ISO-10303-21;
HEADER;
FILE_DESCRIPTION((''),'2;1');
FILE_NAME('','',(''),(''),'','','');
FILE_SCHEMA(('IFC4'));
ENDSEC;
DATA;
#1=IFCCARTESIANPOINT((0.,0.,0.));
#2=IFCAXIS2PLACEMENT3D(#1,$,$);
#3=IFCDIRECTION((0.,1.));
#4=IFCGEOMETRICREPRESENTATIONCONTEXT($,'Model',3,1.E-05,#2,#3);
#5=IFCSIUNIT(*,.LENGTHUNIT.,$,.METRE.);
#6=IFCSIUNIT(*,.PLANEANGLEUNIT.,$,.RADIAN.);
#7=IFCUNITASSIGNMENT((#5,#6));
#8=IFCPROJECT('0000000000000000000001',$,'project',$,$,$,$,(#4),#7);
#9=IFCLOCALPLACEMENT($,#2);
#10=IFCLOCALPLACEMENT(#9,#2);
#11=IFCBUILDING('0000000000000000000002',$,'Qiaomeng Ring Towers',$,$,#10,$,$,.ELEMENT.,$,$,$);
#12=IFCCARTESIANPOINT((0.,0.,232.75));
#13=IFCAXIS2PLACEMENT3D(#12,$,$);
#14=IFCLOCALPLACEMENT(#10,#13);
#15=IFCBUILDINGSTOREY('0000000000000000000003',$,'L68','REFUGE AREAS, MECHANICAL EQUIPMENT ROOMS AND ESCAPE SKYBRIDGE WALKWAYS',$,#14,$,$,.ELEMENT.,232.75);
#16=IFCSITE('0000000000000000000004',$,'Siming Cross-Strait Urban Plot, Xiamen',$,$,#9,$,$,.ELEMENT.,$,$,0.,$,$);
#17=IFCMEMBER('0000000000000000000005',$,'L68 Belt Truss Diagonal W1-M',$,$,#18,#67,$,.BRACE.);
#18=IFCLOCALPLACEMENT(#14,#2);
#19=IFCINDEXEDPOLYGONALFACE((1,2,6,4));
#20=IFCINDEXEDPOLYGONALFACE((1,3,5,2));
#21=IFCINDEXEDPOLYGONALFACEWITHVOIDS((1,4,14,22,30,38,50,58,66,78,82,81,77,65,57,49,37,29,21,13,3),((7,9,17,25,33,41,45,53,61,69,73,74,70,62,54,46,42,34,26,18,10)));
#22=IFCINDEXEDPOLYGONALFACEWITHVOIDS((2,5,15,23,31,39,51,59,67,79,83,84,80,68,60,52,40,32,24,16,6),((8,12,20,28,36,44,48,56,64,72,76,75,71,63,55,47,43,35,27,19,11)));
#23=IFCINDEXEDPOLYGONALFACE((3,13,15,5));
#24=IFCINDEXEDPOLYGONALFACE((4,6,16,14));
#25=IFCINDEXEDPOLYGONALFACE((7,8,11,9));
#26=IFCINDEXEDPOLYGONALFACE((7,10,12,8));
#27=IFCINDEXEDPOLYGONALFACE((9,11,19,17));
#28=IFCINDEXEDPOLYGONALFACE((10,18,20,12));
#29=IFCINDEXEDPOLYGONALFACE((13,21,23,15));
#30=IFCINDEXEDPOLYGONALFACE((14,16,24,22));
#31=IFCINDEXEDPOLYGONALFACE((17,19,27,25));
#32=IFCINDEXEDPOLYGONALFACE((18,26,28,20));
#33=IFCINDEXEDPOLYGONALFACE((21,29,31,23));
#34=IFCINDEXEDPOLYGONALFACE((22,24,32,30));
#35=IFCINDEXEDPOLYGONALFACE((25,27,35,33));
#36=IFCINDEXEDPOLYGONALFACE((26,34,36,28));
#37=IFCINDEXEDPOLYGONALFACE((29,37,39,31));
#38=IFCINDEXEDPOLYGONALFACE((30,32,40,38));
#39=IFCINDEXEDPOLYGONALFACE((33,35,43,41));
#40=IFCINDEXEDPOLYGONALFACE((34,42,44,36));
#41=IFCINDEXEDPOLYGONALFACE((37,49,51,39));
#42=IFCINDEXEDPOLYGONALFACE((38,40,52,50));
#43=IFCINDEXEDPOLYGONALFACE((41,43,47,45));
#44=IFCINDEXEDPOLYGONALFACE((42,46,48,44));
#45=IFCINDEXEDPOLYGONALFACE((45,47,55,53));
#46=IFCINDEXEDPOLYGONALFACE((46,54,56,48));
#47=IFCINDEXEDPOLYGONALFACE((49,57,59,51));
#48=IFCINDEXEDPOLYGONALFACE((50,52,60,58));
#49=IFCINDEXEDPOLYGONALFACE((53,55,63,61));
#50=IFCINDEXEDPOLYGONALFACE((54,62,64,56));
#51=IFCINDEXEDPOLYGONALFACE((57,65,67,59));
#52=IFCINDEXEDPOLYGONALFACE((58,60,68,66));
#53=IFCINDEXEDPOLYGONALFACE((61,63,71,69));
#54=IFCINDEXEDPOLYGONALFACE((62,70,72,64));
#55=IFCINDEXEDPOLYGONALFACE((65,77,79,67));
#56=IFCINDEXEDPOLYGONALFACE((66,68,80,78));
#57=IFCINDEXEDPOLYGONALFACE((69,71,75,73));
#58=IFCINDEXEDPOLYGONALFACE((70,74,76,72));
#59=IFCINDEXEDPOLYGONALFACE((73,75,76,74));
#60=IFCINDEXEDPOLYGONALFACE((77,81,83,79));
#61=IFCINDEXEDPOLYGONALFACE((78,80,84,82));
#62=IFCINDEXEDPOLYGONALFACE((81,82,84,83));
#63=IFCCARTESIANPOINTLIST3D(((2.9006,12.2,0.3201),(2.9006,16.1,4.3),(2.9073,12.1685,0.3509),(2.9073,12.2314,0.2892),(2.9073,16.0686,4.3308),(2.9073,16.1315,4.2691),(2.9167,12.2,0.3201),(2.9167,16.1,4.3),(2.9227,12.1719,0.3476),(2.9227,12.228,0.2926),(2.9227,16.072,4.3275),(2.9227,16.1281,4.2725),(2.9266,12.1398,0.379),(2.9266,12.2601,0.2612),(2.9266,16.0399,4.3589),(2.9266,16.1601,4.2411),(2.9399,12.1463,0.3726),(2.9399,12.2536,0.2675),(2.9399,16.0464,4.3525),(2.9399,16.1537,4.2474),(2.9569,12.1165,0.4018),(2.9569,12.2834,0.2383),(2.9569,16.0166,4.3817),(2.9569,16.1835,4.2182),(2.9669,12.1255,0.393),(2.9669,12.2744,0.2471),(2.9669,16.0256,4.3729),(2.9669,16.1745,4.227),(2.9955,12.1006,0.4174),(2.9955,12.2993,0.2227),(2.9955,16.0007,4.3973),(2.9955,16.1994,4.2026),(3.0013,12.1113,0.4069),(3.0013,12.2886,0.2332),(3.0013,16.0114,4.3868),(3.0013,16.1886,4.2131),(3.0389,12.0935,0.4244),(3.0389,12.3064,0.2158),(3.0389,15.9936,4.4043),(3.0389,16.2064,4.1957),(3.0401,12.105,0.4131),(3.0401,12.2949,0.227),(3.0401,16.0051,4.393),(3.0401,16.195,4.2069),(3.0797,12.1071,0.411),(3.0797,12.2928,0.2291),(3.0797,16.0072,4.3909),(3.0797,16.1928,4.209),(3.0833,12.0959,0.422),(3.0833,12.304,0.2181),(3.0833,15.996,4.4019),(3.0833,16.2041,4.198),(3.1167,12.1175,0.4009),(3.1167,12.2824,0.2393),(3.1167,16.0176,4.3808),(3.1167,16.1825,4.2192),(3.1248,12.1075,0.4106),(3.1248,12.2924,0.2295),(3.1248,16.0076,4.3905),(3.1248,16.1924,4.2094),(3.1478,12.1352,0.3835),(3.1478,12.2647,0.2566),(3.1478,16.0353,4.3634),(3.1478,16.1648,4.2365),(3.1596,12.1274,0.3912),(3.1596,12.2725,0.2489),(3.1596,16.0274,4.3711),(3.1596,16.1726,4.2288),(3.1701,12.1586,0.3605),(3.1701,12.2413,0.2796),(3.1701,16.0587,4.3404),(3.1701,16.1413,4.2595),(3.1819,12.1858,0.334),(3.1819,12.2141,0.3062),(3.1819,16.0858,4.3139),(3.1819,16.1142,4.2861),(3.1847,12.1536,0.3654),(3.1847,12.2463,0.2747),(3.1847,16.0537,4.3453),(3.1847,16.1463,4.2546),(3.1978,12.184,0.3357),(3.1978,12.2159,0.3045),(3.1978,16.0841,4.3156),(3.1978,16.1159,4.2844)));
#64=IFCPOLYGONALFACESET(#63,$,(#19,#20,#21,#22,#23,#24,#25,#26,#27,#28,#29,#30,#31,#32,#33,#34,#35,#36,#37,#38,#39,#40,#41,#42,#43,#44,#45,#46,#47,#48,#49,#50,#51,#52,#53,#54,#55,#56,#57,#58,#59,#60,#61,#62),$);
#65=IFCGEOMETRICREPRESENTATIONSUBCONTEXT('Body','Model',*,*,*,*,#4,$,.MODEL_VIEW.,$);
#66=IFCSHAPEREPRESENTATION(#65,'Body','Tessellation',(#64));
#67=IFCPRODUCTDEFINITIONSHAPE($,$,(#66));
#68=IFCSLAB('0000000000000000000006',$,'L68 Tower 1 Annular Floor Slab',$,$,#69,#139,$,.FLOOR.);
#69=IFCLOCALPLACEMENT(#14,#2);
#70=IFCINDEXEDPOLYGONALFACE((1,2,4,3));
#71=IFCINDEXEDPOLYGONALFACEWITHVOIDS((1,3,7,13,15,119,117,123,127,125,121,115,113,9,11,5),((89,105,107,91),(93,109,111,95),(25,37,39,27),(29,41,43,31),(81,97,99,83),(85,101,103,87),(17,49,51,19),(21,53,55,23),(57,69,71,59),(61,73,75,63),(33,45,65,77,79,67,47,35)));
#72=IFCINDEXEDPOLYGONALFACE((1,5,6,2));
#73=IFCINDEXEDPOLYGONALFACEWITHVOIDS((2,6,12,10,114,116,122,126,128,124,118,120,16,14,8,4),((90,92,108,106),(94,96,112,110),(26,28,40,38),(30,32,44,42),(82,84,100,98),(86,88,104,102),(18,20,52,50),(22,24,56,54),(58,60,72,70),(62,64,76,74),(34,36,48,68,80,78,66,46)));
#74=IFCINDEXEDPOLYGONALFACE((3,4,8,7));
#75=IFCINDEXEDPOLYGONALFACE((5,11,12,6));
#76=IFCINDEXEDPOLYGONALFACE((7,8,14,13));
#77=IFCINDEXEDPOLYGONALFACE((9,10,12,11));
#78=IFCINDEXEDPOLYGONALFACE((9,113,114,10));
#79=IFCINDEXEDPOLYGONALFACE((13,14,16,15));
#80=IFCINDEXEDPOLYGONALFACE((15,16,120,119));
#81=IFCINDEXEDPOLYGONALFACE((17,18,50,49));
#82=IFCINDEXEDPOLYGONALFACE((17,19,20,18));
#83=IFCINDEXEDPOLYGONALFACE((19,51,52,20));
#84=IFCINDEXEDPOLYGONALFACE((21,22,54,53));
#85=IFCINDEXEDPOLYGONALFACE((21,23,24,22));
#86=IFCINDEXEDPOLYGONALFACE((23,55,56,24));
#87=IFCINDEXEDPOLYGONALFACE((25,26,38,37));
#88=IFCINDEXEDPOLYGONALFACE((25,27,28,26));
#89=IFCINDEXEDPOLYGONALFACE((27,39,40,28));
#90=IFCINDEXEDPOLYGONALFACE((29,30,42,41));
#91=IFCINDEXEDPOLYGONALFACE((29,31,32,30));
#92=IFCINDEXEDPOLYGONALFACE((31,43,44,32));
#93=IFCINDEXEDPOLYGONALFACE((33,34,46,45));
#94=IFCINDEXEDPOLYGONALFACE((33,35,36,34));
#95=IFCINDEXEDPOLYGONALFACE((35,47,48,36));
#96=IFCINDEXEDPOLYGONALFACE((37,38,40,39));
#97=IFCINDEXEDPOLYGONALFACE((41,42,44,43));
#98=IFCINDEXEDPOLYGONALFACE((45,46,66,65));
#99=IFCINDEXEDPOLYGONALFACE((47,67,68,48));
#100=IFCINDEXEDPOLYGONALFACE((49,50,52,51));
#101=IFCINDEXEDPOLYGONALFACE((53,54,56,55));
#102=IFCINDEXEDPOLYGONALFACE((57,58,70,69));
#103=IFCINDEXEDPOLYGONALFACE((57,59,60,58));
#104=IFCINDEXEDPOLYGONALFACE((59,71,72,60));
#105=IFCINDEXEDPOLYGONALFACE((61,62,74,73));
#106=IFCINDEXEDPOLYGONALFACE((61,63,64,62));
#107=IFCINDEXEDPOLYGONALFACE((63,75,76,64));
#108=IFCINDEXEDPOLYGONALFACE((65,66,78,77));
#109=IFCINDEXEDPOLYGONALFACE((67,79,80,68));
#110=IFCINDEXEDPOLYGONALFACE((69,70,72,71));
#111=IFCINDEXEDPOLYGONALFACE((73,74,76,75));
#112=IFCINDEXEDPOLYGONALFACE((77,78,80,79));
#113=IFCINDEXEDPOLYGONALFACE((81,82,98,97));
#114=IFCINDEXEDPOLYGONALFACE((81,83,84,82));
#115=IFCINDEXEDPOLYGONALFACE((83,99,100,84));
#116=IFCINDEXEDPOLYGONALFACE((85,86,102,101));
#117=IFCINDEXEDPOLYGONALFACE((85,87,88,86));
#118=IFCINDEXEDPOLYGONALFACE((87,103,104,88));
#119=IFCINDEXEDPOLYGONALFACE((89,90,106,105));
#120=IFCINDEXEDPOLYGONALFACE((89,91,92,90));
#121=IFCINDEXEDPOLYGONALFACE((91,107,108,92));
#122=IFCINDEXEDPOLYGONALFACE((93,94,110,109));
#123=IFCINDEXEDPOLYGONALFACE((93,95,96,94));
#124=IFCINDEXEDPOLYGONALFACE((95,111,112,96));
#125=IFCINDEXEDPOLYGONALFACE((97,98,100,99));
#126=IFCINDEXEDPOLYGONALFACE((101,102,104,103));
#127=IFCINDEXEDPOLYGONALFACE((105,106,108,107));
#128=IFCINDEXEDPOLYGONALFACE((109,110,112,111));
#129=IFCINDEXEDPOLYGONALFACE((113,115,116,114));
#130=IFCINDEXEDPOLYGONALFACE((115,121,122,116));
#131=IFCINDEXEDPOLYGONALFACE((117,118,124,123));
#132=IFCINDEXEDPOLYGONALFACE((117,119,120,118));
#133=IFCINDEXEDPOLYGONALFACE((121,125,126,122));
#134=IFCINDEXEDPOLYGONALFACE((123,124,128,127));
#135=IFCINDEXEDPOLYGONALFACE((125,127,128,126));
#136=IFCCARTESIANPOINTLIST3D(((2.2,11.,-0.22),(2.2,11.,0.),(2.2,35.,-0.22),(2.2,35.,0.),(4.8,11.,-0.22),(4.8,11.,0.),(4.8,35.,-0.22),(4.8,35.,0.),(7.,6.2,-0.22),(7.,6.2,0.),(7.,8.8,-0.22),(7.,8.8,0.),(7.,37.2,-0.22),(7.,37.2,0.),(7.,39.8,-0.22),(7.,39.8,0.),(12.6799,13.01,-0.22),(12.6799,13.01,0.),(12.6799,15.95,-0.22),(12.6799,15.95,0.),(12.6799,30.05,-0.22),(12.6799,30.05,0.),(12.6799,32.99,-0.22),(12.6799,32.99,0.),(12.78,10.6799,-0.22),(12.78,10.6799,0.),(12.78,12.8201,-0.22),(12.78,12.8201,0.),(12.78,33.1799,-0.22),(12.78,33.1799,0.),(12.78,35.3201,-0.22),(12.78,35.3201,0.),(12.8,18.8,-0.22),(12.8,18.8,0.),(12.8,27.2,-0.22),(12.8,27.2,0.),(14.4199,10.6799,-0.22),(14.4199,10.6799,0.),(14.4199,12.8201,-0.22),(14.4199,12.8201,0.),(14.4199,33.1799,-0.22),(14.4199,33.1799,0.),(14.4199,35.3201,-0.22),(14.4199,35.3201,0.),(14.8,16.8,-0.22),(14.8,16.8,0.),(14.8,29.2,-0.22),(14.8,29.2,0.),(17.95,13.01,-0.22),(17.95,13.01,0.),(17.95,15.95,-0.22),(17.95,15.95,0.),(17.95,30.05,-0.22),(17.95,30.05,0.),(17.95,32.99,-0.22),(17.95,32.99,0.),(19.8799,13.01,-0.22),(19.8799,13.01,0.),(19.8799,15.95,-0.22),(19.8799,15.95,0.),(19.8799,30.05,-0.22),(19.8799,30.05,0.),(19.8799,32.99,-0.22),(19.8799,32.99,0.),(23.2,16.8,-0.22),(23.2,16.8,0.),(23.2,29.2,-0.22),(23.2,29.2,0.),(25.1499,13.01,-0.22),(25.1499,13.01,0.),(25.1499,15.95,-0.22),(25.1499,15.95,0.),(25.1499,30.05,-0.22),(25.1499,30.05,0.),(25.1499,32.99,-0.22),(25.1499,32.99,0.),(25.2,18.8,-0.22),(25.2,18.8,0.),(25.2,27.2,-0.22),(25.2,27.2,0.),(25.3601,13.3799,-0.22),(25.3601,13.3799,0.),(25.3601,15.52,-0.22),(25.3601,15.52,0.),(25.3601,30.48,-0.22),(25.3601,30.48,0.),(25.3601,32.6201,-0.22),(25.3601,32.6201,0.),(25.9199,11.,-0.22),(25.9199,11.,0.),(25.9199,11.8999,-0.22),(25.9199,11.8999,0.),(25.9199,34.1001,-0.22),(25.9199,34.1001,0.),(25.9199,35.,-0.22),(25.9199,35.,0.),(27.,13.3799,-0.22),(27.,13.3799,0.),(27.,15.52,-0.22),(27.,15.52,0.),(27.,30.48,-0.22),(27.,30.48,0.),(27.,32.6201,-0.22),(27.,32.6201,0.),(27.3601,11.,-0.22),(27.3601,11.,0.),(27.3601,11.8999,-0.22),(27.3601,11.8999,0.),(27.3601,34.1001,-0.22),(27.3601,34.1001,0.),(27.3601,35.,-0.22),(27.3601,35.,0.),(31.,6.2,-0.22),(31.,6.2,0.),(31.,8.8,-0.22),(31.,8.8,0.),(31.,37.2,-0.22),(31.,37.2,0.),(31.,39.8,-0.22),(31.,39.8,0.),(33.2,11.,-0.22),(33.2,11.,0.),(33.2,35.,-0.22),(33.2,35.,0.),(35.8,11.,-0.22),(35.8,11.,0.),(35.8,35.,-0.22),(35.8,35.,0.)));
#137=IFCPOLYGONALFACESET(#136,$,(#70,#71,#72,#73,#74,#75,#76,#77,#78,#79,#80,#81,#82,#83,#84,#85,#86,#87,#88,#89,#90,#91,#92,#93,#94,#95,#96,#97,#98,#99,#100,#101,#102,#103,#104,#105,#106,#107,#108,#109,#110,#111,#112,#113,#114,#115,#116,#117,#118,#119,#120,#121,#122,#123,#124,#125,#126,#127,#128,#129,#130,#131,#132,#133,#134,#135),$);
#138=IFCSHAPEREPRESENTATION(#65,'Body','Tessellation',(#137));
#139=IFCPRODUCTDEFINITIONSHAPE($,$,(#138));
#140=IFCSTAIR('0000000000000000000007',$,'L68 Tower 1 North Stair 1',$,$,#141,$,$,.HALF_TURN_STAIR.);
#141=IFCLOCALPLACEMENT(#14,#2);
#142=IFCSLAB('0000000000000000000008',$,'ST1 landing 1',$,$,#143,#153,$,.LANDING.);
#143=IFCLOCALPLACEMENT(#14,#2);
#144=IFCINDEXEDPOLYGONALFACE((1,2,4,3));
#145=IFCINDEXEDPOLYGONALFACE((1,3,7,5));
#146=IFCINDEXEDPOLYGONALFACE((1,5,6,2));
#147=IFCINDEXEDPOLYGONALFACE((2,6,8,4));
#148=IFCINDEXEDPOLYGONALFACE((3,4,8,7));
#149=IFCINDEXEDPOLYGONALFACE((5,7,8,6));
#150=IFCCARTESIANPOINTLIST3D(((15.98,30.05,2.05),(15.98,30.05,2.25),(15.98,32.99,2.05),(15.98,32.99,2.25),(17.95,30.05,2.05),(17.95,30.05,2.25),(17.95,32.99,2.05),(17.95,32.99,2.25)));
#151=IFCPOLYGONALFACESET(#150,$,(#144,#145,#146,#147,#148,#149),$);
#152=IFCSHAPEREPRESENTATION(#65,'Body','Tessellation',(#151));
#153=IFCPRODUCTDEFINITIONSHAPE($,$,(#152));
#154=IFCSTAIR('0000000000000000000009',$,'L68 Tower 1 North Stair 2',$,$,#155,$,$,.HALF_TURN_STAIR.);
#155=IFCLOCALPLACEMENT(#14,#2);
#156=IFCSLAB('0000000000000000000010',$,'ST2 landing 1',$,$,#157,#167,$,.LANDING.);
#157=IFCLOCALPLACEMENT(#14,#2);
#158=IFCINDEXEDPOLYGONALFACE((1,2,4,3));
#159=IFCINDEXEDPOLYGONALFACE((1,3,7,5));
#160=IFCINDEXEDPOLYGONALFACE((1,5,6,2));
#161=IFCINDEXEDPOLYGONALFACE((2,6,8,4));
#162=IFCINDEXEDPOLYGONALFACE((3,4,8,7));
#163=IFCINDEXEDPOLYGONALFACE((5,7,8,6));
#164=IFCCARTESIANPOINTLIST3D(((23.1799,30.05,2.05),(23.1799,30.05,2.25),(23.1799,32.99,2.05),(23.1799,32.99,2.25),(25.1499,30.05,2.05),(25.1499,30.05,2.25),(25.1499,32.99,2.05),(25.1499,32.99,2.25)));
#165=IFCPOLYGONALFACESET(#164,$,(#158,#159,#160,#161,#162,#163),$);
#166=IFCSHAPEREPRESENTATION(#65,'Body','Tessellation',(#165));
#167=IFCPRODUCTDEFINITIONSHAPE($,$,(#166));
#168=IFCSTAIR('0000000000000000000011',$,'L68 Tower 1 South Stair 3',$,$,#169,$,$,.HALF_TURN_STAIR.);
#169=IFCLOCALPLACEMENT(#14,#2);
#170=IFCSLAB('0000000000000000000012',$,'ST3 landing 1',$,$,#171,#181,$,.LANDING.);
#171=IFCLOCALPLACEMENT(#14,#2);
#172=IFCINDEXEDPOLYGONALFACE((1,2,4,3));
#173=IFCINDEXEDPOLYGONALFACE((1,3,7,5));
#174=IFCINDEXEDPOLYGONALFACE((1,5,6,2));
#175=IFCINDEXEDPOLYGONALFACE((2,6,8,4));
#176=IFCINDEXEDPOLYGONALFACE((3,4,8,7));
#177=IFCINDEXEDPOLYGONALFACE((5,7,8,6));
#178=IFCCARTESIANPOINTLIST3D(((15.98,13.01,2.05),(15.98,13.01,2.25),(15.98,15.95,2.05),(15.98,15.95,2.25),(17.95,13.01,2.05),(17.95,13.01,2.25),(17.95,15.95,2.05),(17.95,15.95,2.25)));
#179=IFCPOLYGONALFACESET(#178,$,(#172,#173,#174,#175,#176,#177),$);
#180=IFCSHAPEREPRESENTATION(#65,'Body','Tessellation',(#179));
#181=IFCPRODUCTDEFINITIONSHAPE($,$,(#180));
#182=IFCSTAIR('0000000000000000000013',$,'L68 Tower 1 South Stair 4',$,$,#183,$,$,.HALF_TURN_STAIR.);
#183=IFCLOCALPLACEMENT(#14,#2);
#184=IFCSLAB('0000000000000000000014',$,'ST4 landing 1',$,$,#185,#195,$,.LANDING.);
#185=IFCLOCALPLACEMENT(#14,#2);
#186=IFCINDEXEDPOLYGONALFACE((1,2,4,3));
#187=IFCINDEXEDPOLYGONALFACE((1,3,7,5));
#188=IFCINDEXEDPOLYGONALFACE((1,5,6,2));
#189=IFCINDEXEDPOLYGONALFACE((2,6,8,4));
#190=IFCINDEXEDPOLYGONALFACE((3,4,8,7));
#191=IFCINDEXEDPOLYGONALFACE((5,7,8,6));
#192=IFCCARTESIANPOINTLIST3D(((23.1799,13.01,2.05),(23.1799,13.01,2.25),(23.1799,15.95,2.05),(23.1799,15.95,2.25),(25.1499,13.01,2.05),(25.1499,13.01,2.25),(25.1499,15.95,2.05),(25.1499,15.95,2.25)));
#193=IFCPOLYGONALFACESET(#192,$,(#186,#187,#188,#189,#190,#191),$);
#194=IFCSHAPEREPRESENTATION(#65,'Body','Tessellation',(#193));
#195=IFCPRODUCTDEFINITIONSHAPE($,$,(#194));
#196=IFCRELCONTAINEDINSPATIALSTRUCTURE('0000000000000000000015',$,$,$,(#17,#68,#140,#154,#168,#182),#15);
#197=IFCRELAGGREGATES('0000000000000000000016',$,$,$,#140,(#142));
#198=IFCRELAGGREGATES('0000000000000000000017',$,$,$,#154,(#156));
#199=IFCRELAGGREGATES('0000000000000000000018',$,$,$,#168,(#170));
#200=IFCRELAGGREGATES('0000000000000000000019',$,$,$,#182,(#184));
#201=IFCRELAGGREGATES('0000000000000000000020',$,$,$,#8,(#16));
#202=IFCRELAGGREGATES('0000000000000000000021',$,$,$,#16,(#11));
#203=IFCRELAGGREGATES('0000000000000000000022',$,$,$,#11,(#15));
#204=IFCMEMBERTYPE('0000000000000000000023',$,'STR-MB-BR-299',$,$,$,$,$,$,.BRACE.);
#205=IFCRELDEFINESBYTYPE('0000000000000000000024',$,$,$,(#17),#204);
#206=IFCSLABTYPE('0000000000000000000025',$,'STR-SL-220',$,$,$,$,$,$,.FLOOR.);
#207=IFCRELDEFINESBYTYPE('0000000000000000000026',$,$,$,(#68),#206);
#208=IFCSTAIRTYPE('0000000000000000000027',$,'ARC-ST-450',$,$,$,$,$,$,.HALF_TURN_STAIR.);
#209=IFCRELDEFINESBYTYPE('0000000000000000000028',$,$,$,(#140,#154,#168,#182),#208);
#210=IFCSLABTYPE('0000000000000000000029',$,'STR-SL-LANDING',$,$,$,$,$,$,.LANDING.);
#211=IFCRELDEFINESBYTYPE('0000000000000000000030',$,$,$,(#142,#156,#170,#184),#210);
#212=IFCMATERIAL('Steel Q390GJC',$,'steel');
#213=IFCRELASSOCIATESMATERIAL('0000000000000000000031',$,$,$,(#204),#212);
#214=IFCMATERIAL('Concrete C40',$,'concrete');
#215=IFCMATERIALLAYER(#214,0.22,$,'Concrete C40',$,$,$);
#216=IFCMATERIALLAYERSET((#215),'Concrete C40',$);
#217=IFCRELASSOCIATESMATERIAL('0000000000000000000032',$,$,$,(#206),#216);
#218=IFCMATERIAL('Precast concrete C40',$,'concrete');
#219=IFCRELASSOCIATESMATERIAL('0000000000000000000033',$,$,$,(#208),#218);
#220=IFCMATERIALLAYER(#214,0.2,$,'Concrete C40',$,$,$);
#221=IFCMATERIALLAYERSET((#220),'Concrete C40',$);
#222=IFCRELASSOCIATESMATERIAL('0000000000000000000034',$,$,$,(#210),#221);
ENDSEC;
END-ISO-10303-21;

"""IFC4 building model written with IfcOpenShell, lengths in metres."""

from ifc_helpers import new_model, si_unit, direction, frame, origin, origin_2d, place, context, subcontext, project, spatial, polyline, hollow_circle, outline, extrude, source, transform, mapped, material, layer, layer_set, material_profile, profile_set, type_object, element, aggregate, save


model = new_model("IFC4")

# Units and contexts
model_context = context("Model", 3, precision=1e-05, world=origin(), true_north=direction((0.0, 1.0)))
body_context = subcontext(model_context, "Body", "Model", "MODEL_VIEW")
ifc_project = project(units=[si_unit("LENGTHUNIT", "METRE"), si_unit("PLANEANGLEUNIT", "RADIAN")], contexts=[model_context])

# Site, building, storey
site_placement = place(None, origin())
site = spatial("IfcSite", under=ifc_project, at=site_placement, Name="Siming Cross-Strait Urban Plot, Xiamen", CompositionType="ELEMENT", RefElevation=0.0)
building_placement = place(site_placement, origin())
building = spatial("IfcBuilding", under=site, at=building_placement, Name="Qiaomeng Ring Towers", CompositionType="ELEMENT")
storey_placement = place(building_placement, frame((0.0, 0.0, 232.75)))
storey = spatial("IfcBuildingStorey", under=building, at=storey_placement, Name="L68", Description="REFUGE AREAS, MECHANICAL EQUIPMENT ROOMS AND ESCAPE SKYBRIDGE WALKWAYS", CompositionType="ELEMENT", Elevation=232.75)

# Shared definitions
ifc_material_1 = material(Name="Concrete C40", Category="concrete")

# Shared definitions
ifc_material_2 = material(Name="Steel Q390GJC", Category="steel")

# Member
ifc_material_profile_1 = material_profile(ifc_material_2, hollow_circle(Radius=0.1494, WallThickness=0.0161, at=origin_2d()), Name="CHS 299x16")
ifc_profile_set_1 = profile_set([ifc_material_profile_1], Name="Steel Q390GJC")
member_type_1 = type_object("IfcMemberType", Name="STR-MB-BR-299", PredefinedType="BRACE", material=ifc_profile_set_1)
shared_shape_1 = source(origin(), body_context, "Body", "SweptSolid", [
    extrude(hollow_circle(Radius=0.1494, WallThickness=0.0161, at=origin_2d()), origin(), (0.0, 0.0, 1.0), 5.5723),
])
member_1_placement = place(storey_placement, frame((3.05, 12.2, 0.3201), z_axis=(0.0, 0.699907, 0.714234), x_axis=(-1.0, 0.0, 0.0)))
element("IfcMember", 1, at=member_1_placement, inside=storey, type_object=member_type_1, Name="L68 Belt Truss Diagonal W1-M", PredefinedType="BRACE", context=body_context, shape_type="MappedRepresentation", body=[
    mapped(shared_shape_1, transform((0.0, 0.0, 0.0), x_axis=(1.0, 0.0, 0.0), y_axis=(0.0, 1.0, 0.0), z_axis=(0.0, 0.0, 1.0), scale=1.0)),
])

# Slab
ifc_layer_1 = layer(ifc_material_1, 0.22, Name="Concrete C40")
ifc_layer_set_1 = layer_set([ifc_layer_1], Name="Concrete C40")
slab_type_1 = type_object("IfcSlabType", Name="STR-SL-220", PredefinedType="FLOOR", material=ifc_layer_set_1)
slab_1_placement = place(storey_placement, frame((0.0, 0.0, -0.22)))
element("IfcSlab", 2, at=slab_1_placement, inside=storey, type_object=slab_type_1, Name="L68 Tower 1 Annular Floor Slab", PredefinedType="FLOOR", context=body_context, shape_type="SweptSolid", body=[
    extrude(outline(polyline([(7.0, 6.2), (31.0, 6.2), (31.0, 8.8), (33.2, 11.0), (35.8, 11.0), (35.8, 35.0), (33.2, 35.0), (31.0, 37.2), (31.0, 39.8), (7.0, 39.8), (7.0, 37.2), (4.8, 35.0), (2.2, 35.0), (2.2, 11.0), (4.8, 11.0), (7.0, 8.8), (7.0, 6.2)]), holes=[polyline([(12.78, 10.6799), (12.78, 12.8201), (14.4199, 12.8201), (14.4199, 10.6799), (12.78, 10.6799)]), polyline([(12.6799, 13.01), (12.6799, 15.95), (17.95, 15.95), (17.95, 13.01), (12.6799, 13.01)]), polyline([(23.2, 29.2), (25.2, 27.2), (25.2, 18.8), (23.2, 16.8), (14.8, 16.8), (12.8, 18.8), (12.8, 27.2), (14.8, 29.2), (23.2, 29.2)]), polyline([(12.6799, 32.99), (17.95, 32.99), (17.95, 30.05), (12.6799, 30.05), (12.6799, 32.99)]), polyline([(19.8799, 32.99), (25.1499, 32.99), (25.1499, 30.05), (19.8799, 30.05), (19.8799, 32.99)]), polyline([(12.78, 33.1799), (12.78, 35.3201), (14.4199, 35.3201), (14.4199, 33.1799), (12.78, 33.1799)]), polyline([(25.9199, 11.8999), (27.3601, 11.8999), (27.3601, 11.0), (25.9199, 11.0), (25.9199, 11.8999)]), polyline([(25.3601, 15.52), (27.0, 15.52), (27.0, 13.3799), (25.3601, 13.3799), (25.3601, 15.52)]), polyline([(19.8799, 13.01), (19.8799, 15.95), (25.1499, 15.95), (25.1499, 13.01), (19.8799, 13.01)]), polyline([(25.3601, 32.6201), (27.0, 32.6201), (27.0, 30.48), (25.3601, 30.48), (25.3601, 32.6201)]), polyline([(25.9199, 35.0), (27.3601, 35.0), (27.3601, 34.1001), (25.9199, 34.1001), (25.9199, 35.0)])]), origin(), (0.0, 0.0, 1.0), 0.22),
])

# Stairs, slabs
ifc_material_3 = material(Name="Precast concrete C40", Category="concrete")
stair_type = type_object("IfcStairType", Name="ARC-ST-450", PredefinedType="HALF_TURN_STAIR", material=ifc_material_3)
stair_1_placement = place(storey_placement, origin())
stair_1 = element("IfcStair", 3, at=stair_1_placement, inside=storey, type_object=stair_type, Name="L68 Tower 1 North Stair 1", PredefinedType="HALF_TURN_STAIR")
ifc_layer_2 = layer(ifc_material_1, 0.2, Name="Concrete C40")
ifc_layer_set_2 = layer_set([ifc_layer_2], Name="Concrete C40")
slab_type_2 = type_object("IfcSlabType", Name="STR-SL-LANDING", PredefinedType="LANDING", material=ifc_layer_set_2)
slab_2_placement = place(storey_placement, frame((0.0, 0.0, 2.05)))
slab_2 = element("IfcSlab", 4, at=slab_2_placement, type_object=slab_type_2, Name="ST1 landing 1", PredefinedType="LANDING", context=body_context, shape_type="SweptSolid", body=[
    extrude(outline(polyline([(15.98, 30.05), (17.95, 30.05), (17.95, 32.99), (15.98, 32.99), (15.98, 30.05)])), origin(), (0.0, 0.0, 1.0), 0.2),
])
aggregate(stair_1, [slab_2])
stair_2_placement = place(storey_placement, origin())
stair_2 = element("IfcStair", 5, at=stair_2_placement, inside=storey, type_object=stair_type, Name="L68 Tower 1 North Stair 2", PredefinedType="HALF_TURN_STAIR")
slab_3_placement = place(storey_placement, frame((0.0, 0.0, 2.05)))
slab_3 = element("IfcSlab", 6, at=slab_3_placement, type_object=slab_type_2, Name="ST2 landing 1", PredefinedType="LANDING", context=body_context, shape_type="SweptSolid", body=[
    extrude(outline(polyline([(23.1799, 30.05), (25.1499, 30.05), (25.1499, 32.99), (23.1799, 32.99), (23.1799, 30.05)])), origin(), (0.0, 0.0, 1.0), 0.2),
])
aggregate(stair_2, [slab_3])
stair_3_placement = place(storey_placement, origin())
stair_3 = element("IfcStair", 7, at=stair_3_placement, inside=storey, type_object=stair_type, Name="L68 Tower 1 South Stair 3", PredefinedType="HALF_TURN_STAIR")
slab_4_placement = place(storey_placement, frame((0.0, 0.0, 2.05)))
slab_4 = element("IfcSlab", 8, at=slab_4_placement, type_object=slab_type_2, Name="ST3 landing 1", PredefinedType="LANDING", context=body_context, shape_type="SweptSolid", body=[
    extrude(outline(polyline([(15.98, 13.01), (17.95, 13.01), (17.95, 15.95), (15.98, 15.95), (15.98, 13.01)])), origin(), (0.0, 0.0, 1.0), 0.2),
])
aggregate(stair_3, [slab_4])
stair_4_placement = place(storey_placement, origin())
stair_4 = element("IfcStair", 9, at=stair_4_placement, inside=storey, type_object=stair_type, Name="L68 Tower 1 South Stair 4", PredefinedType="HALF_TURN_STAIR")
slab_5_placement = place(storey_placement, frame((0.0, 0.0, 2.05)))
slab_5 = element("IfcSlab", 10, at=slab_5_placement, type_object=slab_type_2, Name="ST4 landing 1", PredefinedType="LANDING", context=body_context, shape_type="SweptSolid", body=[
    extrude(outline(polyline([(23.1799, 13.01), (25.1499, 13.01), (25.1499, 15.95), (23.1799, 15.95), (23.1799, 13.01)])), origin(), (0.0, 0.0, 1.0), 0.2),
])
aggregate(stair_4, [slab_5])

save(model, "model.ifc")
